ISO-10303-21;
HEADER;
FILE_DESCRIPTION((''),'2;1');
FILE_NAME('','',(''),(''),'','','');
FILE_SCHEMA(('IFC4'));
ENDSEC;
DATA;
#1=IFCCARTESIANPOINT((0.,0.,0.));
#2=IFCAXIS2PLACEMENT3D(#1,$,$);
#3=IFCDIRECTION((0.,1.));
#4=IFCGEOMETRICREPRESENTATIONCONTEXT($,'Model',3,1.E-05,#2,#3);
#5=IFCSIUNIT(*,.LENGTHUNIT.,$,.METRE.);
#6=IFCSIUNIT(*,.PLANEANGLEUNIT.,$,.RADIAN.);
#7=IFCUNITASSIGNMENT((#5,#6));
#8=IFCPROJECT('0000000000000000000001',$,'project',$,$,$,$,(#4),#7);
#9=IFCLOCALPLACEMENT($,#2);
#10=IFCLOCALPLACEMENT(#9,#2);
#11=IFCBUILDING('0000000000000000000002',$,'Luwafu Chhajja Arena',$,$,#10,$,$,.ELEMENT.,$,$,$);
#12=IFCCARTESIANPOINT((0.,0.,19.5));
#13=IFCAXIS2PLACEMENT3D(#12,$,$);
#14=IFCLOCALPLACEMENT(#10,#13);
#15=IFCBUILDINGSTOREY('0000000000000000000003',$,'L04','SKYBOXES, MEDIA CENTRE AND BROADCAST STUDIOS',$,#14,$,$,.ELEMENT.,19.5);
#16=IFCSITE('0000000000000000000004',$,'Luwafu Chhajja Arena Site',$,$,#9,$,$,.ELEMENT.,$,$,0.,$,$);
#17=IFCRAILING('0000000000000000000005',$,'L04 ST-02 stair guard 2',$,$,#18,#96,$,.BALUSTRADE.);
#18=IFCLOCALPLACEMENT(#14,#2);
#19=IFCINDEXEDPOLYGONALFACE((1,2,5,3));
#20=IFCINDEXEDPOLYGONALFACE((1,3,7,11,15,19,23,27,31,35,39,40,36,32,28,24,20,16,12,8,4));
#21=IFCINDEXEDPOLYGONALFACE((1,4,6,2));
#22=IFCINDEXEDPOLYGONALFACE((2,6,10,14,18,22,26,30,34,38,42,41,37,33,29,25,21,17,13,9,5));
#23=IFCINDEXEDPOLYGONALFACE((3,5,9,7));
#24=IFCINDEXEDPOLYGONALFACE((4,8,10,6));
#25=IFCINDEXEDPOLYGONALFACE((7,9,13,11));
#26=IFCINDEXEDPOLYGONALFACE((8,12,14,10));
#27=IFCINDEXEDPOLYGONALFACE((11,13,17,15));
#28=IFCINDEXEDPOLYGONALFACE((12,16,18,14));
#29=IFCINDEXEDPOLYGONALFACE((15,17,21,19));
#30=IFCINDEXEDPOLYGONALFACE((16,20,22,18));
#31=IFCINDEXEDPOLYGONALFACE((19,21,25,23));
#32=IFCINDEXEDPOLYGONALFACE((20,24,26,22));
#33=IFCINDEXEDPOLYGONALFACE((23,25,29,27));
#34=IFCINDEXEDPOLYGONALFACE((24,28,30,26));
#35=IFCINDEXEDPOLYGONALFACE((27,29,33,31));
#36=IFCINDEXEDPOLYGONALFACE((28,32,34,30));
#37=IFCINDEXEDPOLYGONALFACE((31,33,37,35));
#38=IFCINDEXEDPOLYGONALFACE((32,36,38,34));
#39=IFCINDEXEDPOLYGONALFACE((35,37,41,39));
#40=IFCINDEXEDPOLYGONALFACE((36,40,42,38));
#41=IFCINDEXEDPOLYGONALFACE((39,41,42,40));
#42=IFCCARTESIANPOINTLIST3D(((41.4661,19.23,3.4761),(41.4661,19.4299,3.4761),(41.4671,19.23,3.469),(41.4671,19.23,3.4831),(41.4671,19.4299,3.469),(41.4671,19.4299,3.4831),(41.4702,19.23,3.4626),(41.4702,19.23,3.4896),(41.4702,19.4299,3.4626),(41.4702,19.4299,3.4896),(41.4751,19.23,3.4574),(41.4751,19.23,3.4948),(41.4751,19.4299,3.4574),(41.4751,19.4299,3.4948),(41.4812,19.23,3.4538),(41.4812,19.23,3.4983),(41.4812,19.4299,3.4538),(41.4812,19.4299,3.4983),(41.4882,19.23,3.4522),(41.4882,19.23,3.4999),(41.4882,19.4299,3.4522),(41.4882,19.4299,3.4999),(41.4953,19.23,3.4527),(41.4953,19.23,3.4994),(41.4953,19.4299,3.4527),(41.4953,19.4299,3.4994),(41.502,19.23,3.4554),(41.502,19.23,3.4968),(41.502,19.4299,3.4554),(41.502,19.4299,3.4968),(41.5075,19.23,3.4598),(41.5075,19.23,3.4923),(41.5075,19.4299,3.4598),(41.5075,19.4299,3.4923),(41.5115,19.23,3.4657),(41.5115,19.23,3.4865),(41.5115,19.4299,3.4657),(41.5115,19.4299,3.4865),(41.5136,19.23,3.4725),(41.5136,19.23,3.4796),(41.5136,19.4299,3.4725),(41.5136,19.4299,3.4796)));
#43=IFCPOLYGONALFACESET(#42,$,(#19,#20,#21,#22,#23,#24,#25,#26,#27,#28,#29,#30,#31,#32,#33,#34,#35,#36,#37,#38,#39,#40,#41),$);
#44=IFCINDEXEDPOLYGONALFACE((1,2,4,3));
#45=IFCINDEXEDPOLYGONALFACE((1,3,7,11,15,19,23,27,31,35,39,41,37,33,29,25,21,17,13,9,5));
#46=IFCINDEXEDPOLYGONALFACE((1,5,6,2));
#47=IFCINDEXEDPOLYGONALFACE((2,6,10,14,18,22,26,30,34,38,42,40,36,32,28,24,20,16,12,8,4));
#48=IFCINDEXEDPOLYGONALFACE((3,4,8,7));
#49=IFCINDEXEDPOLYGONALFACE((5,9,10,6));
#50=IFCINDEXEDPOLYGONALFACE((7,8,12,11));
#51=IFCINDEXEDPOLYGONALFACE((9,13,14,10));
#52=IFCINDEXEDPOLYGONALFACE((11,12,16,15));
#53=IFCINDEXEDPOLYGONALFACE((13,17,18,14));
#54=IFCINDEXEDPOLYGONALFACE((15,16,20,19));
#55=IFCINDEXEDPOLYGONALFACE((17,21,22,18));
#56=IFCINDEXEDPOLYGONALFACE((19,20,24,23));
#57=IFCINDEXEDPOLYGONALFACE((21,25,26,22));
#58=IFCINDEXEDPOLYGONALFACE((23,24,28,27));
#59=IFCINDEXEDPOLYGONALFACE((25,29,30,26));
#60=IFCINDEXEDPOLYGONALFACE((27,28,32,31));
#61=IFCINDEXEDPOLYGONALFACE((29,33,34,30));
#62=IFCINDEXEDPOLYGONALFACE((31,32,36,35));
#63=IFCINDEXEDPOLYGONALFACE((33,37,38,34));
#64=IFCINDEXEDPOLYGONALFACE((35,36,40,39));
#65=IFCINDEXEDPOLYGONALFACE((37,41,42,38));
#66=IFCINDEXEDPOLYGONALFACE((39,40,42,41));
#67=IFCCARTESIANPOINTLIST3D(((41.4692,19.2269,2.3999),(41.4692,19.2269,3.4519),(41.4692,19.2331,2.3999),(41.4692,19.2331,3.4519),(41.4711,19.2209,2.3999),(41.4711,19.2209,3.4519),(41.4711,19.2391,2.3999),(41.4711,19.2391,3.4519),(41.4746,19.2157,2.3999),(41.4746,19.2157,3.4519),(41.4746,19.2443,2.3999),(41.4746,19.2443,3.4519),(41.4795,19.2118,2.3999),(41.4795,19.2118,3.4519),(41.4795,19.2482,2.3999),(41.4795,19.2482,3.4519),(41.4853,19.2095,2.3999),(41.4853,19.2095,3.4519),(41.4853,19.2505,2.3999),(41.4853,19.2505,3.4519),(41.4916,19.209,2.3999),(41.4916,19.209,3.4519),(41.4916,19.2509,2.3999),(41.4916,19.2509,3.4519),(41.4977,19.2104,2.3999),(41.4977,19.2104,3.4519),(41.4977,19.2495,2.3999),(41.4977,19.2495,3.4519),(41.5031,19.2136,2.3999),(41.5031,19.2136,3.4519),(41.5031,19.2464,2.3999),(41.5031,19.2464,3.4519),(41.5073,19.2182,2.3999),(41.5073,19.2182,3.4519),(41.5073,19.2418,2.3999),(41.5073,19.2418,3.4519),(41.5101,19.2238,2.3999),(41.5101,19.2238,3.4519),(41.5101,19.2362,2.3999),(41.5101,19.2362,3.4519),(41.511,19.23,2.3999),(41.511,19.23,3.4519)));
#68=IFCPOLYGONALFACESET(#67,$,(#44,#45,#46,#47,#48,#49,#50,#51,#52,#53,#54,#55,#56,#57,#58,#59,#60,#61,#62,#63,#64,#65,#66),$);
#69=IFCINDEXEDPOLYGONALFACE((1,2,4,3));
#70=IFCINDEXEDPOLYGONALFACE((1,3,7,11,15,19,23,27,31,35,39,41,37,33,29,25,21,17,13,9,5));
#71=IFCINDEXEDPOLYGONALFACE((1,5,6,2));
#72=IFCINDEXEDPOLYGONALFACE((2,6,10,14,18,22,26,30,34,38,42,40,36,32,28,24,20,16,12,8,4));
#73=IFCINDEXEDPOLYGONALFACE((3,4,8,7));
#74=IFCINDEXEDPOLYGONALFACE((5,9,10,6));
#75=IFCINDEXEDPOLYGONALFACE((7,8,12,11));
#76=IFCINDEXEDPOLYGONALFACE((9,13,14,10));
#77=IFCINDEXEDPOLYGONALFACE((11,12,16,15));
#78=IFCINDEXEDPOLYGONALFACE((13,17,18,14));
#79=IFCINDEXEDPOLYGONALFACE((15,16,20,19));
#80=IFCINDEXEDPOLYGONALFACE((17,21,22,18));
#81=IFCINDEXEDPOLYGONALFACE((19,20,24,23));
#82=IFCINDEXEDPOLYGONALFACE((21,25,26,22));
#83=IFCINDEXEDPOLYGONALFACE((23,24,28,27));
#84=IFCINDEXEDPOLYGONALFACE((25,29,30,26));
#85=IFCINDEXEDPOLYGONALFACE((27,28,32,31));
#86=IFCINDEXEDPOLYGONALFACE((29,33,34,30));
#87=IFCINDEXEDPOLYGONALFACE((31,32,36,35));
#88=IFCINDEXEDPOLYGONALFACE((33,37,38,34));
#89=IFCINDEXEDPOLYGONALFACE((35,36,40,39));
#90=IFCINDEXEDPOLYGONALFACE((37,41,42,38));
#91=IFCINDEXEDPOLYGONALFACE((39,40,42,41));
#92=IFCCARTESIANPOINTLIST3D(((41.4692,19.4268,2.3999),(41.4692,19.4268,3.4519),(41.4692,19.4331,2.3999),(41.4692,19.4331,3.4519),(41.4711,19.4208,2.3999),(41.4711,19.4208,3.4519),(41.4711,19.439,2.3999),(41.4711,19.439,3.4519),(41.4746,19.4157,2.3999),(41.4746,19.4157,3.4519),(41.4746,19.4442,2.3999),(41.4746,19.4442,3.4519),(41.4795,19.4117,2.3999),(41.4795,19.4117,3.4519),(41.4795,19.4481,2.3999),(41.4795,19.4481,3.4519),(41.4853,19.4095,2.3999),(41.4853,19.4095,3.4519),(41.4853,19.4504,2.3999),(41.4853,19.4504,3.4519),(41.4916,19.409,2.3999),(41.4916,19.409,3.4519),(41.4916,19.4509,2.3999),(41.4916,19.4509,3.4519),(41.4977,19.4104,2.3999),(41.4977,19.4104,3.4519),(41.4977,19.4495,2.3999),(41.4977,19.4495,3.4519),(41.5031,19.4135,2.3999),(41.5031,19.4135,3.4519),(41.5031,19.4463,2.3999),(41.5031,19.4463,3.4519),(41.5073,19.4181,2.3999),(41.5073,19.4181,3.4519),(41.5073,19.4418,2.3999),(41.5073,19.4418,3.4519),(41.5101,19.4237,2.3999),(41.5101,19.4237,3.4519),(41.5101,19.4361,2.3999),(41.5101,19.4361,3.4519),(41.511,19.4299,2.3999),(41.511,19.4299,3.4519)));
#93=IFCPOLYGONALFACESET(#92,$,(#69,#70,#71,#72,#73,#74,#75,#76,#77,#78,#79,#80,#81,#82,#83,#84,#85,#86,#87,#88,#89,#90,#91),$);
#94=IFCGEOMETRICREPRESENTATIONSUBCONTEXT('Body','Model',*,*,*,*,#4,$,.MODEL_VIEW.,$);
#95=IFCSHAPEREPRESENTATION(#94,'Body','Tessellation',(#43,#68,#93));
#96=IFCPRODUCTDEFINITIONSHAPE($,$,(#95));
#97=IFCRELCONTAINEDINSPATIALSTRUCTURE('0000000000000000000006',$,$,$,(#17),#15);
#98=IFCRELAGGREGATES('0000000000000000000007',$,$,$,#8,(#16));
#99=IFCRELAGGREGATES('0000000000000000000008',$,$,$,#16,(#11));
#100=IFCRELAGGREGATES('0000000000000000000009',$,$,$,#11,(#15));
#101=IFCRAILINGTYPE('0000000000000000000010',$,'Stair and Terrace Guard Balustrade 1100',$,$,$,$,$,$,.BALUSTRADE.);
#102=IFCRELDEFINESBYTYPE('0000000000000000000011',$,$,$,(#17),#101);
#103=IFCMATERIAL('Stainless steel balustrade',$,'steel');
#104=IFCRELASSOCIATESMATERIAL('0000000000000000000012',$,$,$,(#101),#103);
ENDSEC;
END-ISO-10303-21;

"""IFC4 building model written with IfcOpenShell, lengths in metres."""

from ifc_helpers import new_model, si_unit, direction, frame, origin, origin_2d, place, context, subcontext, project, spatial, circle, extrude, material, type_object, element, save


model = new_model("IFC4")

# Units and contexts
model_context = context("Model", 3, precision=1e-05, world=origin(), true_north=direction((0.0, 1.0)))
body_context = subcontext(model_context, "Body", "Model", "MODEL_VIEW")
ifc_project = project(units=[si_unit("LENGTHUNIT", "METRE"), si_unit("PLANEANGLEUNIT", "RADIAN")], contexts=[model_context])

# Site, building, storey
site_placement = place(None, origin())
site = spatial("IfcSite", under=ifc_project, at=site_placement, Name="Luwafu Chhajja Arena Site", CompositionType="ELEMENT", RefElevation=0.0)
building_placement = place(site_placement, origin())
building = spatial("IfcBuilding", under=site, at=building_placement, Name="Luwafu Chhajja Arena", CompositionType="ELEMENT")
storey_placement = place(building_placement, frame((0.0, 0.0, 19.5)))
storey = spatial("IfcBuildingStorey", under=building, at=storey_placement, Name="L04", Description="SKYBOXES, MEDIA CENTRE AND BROADCAST STUDIOS", CompositionType="ELEMENT", Elevation=19.5)

# Railing
ifc_material_1 = material(Name="Stainless steel balustrade", Category="steel")
railing_type_1 = type_object("IfcRailingType", Name="Stair and Terrace Guard Balustrade 1100", PredefinedType="BALUSTRADE", material=ifc_material_1)
railing_1_placement = place(storey_placement, frame((41.49, 19.23, 2.3999)))
element("IfcRailing", 1, at=railing_1_placement, inside=storey, type_object=railing_type_1, Name="L04 ST-02 stair guard 2", PredefinedType="BALUSTRADE", context=body_context, shape_type="SweptSolid", body=[
    extrude(circle(Radius=0.0239, at=origin_2d()), frame((0.0, 0.0, 1.0762), z_axis=(0.0, 1.0, 0.0), x_axis=(-1.0, 0.0, 0.0)), (0.0, 0.0, 1.0), 0.2),
    extrude(circle(Radius=0.021, at=origin_2d()), origin(), (0.0, 0.0, 1.0), 1.052),
    extrude(circle(Radius=0.021, at=origin_2d()), frame((0.0, 0.2, 0.0)), (0.0, 0.0, 1.0), 1.052),
])

save(model, "model.ifc")
